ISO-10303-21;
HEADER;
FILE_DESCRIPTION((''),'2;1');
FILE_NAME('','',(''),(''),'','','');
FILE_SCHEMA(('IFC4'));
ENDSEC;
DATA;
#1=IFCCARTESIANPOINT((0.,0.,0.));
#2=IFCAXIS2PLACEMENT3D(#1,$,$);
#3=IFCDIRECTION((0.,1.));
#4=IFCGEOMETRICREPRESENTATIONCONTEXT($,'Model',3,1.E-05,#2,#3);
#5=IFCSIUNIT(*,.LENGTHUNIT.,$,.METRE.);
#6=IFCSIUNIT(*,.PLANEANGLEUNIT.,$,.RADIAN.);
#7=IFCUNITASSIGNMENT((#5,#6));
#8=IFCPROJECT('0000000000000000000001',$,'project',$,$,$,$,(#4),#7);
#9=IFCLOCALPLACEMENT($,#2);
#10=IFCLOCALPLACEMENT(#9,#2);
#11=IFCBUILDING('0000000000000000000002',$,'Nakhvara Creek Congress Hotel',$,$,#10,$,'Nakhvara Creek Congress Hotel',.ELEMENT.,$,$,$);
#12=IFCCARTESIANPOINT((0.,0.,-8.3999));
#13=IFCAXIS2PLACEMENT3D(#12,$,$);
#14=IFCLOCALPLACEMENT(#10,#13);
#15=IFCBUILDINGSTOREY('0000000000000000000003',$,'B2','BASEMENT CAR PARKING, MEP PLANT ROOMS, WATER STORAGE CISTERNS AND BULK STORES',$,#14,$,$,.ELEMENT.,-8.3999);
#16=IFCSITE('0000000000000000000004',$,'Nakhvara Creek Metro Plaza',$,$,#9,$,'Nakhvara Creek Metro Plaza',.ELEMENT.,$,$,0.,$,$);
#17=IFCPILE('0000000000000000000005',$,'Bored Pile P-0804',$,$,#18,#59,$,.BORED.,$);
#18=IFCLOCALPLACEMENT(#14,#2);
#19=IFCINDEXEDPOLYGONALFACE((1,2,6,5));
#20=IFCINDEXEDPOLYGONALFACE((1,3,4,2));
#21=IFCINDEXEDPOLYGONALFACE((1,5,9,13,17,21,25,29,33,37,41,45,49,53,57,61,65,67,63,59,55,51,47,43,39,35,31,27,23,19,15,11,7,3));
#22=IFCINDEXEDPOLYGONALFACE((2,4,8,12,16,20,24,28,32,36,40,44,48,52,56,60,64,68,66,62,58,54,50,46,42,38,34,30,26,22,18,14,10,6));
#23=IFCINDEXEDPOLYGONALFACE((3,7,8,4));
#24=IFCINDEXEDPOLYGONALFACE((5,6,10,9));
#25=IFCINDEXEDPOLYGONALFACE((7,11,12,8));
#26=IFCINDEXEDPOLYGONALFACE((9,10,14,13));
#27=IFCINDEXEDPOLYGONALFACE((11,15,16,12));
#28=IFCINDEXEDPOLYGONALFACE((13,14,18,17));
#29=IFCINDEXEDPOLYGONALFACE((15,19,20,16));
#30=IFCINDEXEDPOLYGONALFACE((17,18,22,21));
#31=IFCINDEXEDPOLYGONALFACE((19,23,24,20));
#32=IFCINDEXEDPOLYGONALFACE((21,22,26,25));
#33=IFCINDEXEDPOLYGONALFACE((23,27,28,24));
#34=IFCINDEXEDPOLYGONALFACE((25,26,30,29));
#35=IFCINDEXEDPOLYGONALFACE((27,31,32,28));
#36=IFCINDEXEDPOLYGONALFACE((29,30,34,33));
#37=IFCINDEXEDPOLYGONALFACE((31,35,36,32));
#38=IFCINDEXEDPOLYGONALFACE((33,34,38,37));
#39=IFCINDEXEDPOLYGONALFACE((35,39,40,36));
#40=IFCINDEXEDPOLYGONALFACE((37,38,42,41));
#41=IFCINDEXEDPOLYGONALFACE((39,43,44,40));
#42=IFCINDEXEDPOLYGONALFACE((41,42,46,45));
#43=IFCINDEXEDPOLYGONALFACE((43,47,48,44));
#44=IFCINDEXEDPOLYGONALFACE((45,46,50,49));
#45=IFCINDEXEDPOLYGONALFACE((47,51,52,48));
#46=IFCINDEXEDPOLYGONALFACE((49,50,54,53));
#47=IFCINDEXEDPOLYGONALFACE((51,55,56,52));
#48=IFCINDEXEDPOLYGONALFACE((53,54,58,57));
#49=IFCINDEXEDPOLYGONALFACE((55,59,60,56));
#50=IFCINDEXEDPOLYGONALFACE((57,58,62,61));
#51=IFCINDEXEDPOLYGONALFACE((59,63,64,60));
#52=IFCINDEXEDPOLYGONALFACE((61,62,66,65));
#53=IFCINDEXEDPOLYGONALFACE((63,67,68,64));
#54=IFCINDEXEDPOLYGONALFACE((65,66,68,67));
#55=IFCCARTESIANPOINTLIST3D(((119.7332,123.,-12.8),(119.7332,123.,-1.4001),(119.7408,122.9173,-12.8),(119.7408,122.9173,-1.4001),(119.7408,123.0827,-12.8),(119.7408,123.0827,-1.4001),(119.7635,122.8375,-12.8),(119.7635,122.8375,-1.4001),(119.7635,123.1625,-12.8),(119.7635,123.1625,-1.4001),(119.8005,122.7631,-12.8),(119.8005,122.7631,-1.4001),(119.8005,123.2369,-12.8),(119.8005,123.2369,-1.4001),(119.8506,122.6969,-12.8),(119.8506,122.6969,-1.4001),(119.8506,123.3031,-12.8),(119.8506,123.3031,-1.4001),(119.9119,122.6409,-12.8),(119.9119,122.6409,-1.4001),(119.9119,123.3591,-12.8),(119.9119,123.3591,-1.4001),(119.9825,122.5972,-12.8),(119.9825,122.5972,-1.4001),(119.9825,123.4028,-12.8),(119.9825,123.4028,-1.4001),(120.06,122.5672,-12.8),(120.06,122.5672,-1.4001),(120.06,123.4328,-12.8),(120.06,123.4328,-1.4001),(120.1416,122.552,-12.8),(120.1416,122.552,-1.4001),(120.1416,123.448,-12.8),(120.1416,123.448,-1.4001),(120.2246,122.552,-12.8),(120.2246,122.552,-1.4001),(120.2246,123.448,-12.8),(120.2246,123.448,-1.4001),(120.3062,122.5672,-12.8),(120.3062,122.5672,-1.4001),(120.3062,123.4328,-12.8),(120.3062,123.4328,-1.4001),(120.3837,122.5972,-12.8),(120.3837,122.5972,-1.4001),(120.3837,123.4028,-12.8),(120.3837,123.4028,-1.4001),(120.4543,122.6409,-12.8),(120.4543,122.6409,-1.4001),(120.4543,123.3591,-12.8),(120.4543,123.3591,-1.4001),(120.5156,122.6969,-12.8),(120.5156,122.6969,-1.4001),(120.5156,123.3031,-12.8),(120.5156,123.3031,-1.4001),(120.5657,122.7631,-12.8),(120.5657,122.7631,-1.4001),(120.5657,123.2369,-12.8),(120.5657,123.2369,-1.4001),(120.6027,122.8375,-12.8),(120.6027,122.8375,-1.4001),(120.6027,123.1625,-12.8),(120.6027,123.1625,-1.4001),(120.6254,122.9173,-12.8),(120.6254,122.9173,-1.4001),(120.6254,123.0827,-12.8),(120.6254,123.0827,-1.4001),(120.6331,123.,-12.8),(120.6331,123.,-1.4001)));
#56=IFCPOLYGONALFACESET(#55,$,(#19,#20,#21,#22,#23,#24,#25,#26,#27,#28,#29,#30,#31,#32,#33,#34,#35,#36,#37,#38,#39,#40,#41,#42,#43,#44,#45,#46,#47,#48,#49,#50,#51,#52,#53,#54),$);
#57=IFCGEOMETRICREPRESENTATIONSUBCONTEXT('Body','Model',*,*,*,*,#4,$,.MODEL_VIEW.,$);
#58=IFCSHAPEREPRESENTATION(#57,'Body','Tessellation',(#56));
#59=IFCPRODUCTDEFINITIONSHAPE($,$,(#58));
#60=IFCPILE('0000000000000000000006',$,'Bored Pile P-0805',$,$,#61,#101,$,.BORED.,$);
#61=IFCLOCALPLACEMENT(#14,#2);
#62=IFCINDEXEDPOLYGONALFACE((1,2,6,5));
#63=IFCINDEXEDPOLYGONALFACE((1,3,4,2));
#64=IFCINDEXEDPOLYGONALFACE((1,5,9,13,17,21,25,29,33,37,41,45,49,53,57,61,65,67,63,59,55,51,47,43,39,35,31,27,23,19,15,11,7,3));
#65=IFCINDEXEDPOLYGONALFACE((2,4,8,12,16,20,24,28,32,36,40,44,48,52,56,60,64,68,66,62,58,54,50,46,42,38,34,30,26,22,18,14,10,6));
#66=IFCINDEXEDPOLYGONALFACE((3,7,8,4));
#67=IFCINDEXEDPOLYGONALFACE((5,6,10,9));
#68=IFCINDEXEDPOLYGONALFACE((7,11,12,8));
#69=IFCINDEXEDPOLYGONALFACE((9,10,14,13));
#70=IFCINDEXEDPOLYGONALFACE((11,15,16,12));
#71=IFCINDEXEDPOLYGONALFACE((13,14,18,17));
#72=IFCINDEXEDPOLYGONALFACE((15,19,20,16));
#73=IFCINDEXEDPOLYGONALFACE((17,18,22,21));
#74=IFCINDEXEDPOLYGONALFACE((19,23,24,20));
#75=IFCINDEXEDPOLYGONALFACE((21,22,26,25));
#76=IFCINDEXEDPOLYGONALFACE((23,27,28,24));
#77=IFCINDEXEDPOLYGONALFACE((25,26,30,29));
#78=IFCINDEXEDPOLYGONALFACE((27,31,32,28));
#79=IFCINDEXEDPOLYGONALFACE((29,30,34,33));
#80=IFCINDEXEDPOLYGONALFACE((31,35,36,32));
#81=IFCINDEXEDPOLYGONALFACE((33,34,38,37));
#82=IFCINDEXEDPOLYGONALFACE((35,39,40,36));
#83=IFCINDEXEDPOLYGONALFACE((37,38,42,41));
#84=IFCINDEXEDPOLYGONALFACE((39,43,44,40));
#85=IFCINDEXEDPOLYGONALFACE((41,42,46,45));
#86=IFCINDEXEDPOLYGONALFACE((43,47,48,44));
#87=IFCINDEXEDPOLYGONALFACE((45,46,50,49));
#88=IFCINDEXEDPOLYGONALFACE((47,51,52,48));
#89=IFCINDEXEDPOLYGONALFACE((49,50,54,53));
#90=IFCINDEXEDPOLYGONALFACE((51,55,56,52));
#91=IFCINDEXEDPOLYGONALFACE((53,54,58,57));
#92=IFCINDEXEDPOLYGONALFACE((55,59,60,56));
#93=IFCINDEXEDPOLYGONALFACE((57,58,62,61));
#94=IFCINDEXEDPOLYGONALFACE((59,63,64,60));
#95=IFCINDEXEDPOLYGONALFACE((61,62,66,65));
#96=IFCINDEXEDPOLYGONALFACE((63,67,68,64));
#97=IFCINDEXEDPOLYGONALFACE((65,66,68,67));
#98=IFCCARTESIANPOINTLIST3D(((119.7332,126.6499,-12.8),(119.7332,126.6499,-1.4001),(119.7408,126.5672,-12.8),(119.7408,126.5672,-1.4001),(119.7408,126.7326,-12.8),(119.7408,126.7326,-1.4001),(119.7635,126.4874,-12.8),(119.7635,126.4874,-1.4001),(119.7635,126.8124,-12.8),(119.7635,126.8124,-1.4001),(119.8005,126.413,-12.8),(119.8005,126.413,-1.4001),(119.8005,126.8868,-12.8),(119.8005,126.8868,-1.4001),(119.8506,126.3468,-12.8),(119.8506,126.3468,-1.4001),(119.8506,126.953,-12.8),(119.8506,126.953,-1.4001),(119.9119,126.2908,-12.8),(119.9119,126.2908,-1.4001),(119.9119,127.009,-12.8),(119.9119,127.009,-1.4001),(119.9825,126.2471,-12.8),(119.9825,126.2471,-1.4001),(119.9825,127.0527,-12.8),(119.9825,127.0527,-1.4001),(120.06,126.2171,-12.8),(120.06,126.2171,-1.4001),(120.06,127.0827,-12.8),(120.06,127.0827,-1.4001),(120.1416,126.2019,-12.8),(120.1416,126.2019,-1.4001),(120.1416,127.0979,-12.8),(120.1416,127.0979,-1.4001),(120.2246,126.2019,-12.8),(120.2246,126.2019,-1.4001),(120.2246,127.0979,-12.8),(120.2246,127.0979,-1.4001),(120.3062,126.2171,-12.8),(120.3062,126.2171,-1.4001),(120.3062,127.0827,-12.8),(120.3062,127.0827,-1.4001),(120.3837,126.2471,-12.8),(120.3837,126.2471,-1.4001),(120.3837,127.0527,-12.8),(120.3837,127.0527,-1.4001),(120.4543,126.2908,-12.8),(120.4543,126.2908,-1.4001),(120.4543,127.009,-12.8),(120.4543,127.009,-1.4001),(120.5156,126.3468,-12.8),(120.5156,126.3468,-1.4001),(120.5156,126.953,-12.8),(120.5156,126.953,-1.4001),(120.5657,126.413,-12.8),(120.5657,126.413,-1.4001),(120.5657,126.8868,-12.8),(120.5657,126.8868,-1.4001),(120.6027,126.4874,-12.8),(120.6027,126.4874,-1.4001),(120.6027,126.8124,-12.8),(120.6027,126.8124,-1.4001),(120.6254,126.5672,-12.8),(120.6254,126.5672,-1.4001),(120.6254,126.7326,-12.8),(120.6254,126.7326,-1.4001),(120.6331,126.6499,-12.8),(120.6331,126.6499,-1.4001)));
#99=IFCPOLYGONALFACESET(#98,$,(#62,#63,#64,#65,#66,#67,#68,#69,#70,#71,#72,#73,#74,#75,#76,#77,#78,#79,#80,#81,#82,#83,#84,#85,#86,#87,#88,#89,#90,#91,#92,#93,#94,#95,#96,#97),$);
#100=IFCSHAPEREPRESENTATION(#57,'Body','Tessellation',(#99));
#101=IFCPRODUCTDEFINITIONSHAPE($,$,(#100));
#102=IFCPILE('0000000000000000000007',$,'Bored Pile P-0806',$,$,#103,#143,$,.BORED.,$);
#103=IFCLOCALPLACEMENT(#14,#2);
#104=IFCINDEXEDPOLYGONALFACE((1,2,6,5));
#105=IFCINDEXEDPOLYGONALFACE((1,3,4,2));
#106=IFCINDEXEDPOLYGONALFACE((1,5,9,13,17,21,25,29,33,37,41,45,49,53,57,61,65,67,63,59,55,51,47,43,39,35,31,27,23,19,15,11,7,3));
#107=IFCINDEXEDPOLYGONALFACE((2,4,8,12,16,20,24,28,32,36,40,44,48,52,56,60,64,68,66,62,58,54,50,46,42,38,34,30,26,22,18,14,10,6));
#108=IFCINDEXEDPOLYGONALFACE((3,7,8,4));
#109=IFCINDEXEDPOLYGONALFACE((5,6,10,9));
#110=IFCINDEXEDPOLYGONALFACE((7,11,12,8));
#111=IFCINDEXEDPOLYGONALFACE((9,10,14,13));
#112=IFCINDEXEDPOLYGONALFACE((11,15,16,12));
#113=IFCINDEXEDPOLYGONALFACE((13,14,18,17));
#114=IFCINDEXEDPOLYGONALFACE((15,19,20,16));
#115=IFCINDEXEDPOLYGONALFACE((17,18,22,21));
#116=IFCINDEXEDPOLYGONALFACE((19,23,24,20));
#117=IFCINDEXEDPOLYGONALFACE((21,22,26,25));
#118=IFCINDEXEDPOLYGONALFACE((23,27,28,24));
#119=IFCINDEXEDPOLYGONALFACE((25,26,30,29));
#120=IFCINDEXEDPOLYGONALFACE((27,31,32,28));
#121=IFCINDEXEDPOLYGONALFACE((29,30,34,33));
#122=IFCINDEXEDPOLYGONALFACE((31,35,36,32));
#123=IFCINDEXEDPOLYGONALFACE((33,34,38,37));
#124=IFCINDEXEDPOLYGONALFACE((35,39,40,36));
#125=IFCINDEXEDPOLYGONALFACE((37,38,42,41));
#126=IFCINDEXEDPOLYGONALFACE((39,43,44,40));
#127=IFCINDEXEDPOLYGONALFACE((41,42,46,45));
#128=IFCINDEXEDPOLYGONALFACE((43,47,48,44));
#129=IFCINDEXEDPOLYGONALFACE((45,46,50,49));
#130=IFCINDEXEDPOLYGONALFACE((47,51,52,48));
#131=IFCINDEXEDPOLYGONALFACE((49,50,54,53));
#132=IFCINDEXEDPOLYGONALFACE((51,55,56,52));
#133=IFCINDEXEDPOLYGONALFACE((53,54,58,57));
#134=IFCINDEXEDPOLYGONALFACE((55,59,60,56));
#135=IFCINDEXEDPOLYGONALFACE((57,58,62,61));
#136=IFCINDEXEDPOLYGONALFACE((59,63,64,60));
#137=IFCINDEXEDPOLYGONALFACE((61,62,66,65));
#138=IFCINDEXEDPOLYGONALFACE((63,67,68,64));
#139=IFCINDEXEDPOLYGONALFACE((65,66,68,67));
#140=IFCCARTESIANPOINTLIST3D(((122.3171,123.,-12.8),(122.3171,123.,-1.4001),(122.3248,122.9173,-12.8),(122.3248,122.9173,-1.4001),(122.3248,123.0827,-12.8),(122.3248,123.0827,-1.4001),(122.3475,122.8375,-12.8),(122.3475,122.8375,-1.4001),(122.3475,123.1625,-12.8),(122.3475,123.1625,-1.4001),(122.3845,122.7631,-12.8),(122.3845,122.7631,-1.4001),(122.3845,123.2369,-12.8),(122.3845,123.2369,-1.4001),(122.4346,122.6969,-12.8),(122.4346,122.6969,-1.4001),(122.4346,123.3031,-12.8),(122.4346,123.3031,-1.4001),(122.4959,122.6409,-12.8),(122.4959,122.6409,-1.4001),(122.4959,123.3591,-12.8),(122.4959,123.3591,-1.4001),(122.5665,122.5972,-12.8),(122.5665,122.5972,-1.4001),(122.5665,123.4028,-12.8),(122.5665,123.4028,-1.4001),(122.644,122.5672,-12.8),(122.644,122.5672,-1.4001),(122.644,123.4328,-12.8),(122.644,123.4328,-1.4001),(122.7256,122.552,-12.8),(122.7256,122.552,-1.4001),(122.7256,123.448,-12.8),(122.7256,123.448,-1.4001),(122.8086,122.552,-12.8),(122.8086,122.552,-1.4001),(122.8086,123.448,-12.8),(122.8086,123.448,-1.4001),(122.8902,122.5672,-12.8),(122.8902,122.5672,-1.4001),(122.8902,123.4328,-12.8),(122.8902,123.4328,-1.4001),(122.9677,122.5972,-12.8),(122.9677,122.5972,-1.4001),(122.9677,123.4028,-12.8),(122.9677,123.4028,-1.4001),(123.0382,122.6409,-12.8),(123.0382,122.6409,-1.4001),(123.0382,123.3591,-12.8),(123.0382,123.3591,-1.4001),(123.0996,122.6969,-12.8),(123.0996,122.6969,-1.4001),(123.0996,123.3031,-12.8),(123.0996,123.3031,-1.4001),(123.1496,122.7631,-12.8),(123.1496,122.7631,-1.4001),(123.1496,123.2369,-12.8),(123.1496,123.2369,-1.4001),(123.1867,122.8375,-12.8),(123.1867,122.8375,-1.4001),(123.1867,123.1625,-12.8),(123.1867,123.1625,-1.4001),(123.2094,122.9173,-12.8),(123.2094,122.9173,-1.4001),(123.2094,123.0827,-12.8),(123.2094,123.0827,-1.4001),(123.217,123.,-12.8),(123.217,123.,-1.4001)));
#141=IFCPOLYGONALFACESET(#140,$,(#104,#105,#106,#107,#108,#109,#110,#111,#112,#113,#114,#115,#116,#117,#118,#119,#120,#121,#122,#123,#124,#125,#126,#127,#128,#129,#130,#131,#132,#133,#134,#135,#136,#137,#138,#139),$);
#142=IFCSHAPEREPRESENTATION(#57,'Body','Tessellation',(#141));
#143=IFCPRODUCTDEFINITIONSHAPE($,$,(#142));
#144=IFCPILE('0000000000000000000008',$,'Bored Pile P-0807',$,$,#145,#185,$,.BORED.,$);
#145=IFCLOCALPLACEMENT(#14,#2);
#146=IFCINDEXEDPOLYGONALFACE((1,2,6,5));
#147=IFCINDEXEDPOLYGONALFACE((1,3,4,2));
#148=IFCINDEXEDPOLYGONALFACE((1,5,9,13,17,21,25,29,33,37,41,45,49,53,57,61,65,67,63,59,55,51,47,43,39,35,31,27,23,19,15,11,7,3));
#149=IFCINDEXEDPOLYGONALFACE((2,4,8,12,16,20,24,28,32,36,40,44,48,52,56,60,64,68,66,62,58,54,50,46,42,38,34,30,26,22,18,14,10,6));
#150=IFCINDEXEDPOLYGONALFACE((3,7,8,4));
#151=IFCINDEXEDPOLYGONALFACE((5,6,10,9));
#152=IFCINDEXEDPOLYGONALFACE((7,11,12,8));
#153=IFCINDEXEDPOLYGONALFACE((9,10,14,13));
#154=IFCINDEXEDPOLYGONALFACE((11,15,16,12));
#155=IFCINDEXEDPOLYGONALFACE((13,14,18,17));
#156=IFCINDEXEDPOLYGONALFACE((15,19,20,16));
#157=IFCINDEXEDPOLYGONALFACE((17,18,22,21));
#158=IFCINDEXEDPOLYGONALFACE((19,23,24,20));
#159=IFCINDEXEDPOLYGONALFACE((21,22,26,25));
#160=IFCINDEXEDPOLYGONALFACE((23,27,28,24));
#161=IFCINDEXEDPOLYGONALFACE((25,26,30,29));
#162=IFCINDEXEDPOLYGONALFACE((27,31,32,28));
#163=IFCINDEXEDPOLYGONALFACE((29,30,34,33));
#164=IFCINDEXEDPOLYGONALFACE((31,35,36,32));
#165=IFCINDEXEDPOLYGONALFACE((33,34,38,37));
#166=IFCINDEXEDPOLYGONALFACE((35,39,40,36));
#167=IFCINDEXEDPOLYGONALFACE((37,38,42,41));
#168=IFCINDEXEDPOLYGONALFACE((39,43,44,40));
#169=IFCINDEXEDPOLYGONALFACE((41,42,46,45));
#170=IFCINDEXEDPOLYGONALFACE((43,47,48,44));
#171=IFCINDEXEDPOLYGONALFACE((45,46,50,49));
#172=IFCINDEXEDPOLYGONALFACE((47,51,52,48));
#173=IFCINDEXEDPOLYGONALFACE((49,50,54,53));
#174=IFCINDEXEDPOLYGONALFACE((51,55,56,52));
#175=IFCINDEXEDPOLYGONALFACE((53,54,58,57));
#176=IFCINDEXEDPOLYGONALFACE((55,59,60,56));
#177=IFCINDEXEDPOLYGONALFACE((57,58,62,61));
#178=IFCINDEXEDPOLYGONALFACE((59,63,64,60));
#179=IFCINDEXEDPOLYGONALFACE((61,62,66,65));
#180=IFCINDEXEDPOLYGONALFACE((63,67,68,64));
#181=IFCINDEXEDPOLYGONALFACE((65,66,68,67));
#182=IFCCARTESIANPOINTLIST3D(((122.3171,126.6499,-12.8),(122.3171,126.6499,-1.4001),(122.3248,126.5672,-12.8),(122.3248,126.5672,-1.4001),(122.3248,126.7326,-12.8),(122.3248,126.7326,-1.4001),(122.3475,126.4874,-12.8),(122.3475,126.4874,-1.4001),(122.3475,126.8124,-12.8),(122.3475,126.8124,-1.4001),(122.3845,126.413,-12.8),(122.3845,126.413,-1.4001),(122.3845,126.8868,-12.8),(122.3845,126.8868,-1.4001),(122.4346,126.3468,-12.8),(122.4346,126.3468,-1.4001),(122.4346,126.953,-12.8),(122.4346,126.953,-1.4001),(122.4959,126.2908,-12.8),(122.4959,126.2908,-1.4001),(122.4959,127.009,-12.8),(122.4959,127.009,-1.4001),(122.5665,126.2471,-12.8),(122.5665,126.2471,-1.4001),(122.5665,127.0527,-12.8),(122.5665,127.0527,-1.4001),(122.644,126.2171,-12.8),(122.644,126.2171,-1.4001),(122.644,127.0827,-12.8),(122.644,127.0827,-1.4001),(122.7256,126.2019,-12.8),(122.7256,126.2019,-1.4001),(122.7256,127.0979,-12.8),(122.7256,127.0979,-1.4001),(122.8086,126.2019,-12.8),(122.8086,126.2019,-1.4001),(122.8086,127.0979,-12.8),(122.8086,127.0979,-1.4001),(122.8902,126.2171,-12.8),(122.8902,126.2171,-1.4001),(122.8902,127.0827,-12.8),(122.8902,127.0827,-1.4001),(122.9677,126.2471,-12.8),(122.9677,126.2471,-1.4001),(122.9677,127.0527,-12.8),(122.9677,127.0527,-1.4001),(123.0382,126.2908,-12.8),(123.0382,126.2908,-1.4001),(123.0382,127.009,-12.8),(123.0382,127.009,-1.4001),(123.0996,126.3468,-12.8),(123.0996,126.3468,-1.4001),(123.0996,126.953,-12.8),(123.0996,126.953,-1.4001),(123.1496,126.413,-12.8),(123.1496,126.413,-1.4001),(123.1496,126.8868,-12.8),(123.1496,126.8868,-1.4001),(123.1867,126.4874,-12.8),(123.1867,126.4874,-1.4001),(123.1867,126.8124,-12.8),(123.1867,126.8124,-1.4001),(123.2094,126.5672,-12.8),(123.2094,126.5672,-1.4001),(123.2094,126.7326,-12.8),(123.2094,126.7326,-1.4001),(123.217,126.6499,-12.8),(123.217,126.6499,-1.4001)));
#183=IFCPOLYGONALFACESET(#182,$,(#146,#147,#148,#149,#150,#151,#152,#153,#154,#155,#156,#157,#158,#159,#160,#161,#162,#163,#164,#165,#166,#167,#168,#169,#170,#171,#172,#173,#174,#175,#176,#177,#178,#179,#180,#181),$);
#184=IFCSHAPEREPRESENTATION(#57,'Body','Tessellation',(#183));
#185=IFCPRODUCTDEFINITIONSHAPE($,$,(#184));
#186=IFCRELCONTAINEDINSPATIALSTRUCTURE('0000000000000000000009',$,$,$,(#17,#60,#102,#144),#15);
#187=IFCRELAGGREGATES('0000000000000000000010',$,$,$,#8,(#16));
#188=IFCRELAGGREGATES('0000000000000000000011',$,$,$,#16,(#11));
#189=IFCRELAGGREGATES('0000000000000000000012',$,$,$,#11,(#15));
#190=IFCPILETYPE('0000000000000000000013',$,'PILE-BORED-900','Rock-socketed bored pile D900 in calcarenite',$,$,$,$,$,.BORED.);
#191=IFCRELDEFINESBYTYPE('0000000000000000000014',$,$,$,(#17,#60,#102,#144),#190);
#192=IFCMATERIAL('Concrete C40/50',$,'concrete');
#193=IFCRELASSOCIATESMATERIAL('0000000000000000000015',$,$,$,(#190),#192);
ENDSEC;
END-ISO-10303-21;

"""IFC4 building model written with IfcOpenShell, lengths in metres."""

from ifc_helpers import new_model, si_unit, direction, frame, origin, origin_2d, place, context, subcontext, project, spatial, circle, extrude, material, material_profile, profile_set, type_object, element, save


model = new_model("IFC4")

# Units and contexts
model_context = context("Model", 3, precision=1e-05, world=origin(), true_north=direction((0.0, 1.0)))
body_context = subcontext(model_context, "Body", "Model", "MODEL_VIEW")
ifc_project = project(units=[si_unit("LENGTHUNIT", "METRE"), si_unit("PLANEANGLEUNIT", "RADIAN")], contexts=[model_context])

# Site, building, storey
site_placement = place(None, origin())
site = spatial("IfcSite", under=ifc_project, at=site_placement, Name="Nakhvara Creek Metro Plaza", LongName="Nakhvara Creek Metro Plaza", CompositionType="ELEMENT", RefElevation=0.0)
building_placement = place(site_placement, origin())
building = spatial("IfcBuilding", under=site, at=building_placement, Name="Nakhvara Creek Congress Hotel", LongName="Nakhvara Creek Congress Hotel", CompositionType="ELEMENT")
storey_placement = place(building_placement, frame((0.0, 0.0, -8.3999)))
storey = spatial("IfcBuildingStorey", under=building, at=storey_placement, Name="B2", Description="BASEMENT CAR PARKING, MEP PLANT ROOMS, WATER STORAGE CISTERNS AND BULK STORES", CompositionType="ELEMENT", Elevation=-8.3999)

# Shared definitions
ifc_material_1 = material(Name="Concrete C40/50", Category="concrete")

# Piles
ifc_material_profile_1 = material_profile(ifc_material_1, circle(Radius=0.45, at=origin_2d()), Name="BORED PILE D900", Category="LoadBearing")
ifc_profile_set_1 = profile_set([ifc_material_profile_1], Name="Concrete C40/50")
pile_type = type_object("IfcPileType", Name="PILE-BORED-900", Description="Rock-socketed bored pile D900 in calcarenite", PredefinedType="BORED", material=ifc_profile_set_1)
for number, where, z_axis, x_axis, name in (
    (1, (120.1831, 123.0, -1.4001), (0.0, 0.0, -1.0), (1.0, 0.0, 0.0), "Bored Pile P-0804"),
    (2, (120.1831, 126.6499, -1.4001), (0.0, 0.0, -1.0), (1.0, 0.0, 0.0), "Bored Pile P-0805"),
    (3, (122.7671, 123.0, -1.4001), (0.0, 0.0, -1.0), (1.0, 0.0, 0.0), "Bored Pile P-0806"),
    (4, (122.7671, 126.6499, -1.4001), (0.0, 0.0, -1.0), (1.0, 0.0, 0.0), "Bored Pile P-0807"),
):
    element("IfcPile", number, at=place(storey_placement, frame(where, z_axis=z_axis, x_axis=x_axis)), inside=storey, type_object=pile_type, Name=name, PredefinedType="BORED", context=body_context, shape_type="SweptSolid", body=[
        extrude(circle(Radius=0.45, at=origin_2d()), origin(), (0.0, 0.0, 1.0), 11.3999),
    ])

save(model, "model.ifc")
